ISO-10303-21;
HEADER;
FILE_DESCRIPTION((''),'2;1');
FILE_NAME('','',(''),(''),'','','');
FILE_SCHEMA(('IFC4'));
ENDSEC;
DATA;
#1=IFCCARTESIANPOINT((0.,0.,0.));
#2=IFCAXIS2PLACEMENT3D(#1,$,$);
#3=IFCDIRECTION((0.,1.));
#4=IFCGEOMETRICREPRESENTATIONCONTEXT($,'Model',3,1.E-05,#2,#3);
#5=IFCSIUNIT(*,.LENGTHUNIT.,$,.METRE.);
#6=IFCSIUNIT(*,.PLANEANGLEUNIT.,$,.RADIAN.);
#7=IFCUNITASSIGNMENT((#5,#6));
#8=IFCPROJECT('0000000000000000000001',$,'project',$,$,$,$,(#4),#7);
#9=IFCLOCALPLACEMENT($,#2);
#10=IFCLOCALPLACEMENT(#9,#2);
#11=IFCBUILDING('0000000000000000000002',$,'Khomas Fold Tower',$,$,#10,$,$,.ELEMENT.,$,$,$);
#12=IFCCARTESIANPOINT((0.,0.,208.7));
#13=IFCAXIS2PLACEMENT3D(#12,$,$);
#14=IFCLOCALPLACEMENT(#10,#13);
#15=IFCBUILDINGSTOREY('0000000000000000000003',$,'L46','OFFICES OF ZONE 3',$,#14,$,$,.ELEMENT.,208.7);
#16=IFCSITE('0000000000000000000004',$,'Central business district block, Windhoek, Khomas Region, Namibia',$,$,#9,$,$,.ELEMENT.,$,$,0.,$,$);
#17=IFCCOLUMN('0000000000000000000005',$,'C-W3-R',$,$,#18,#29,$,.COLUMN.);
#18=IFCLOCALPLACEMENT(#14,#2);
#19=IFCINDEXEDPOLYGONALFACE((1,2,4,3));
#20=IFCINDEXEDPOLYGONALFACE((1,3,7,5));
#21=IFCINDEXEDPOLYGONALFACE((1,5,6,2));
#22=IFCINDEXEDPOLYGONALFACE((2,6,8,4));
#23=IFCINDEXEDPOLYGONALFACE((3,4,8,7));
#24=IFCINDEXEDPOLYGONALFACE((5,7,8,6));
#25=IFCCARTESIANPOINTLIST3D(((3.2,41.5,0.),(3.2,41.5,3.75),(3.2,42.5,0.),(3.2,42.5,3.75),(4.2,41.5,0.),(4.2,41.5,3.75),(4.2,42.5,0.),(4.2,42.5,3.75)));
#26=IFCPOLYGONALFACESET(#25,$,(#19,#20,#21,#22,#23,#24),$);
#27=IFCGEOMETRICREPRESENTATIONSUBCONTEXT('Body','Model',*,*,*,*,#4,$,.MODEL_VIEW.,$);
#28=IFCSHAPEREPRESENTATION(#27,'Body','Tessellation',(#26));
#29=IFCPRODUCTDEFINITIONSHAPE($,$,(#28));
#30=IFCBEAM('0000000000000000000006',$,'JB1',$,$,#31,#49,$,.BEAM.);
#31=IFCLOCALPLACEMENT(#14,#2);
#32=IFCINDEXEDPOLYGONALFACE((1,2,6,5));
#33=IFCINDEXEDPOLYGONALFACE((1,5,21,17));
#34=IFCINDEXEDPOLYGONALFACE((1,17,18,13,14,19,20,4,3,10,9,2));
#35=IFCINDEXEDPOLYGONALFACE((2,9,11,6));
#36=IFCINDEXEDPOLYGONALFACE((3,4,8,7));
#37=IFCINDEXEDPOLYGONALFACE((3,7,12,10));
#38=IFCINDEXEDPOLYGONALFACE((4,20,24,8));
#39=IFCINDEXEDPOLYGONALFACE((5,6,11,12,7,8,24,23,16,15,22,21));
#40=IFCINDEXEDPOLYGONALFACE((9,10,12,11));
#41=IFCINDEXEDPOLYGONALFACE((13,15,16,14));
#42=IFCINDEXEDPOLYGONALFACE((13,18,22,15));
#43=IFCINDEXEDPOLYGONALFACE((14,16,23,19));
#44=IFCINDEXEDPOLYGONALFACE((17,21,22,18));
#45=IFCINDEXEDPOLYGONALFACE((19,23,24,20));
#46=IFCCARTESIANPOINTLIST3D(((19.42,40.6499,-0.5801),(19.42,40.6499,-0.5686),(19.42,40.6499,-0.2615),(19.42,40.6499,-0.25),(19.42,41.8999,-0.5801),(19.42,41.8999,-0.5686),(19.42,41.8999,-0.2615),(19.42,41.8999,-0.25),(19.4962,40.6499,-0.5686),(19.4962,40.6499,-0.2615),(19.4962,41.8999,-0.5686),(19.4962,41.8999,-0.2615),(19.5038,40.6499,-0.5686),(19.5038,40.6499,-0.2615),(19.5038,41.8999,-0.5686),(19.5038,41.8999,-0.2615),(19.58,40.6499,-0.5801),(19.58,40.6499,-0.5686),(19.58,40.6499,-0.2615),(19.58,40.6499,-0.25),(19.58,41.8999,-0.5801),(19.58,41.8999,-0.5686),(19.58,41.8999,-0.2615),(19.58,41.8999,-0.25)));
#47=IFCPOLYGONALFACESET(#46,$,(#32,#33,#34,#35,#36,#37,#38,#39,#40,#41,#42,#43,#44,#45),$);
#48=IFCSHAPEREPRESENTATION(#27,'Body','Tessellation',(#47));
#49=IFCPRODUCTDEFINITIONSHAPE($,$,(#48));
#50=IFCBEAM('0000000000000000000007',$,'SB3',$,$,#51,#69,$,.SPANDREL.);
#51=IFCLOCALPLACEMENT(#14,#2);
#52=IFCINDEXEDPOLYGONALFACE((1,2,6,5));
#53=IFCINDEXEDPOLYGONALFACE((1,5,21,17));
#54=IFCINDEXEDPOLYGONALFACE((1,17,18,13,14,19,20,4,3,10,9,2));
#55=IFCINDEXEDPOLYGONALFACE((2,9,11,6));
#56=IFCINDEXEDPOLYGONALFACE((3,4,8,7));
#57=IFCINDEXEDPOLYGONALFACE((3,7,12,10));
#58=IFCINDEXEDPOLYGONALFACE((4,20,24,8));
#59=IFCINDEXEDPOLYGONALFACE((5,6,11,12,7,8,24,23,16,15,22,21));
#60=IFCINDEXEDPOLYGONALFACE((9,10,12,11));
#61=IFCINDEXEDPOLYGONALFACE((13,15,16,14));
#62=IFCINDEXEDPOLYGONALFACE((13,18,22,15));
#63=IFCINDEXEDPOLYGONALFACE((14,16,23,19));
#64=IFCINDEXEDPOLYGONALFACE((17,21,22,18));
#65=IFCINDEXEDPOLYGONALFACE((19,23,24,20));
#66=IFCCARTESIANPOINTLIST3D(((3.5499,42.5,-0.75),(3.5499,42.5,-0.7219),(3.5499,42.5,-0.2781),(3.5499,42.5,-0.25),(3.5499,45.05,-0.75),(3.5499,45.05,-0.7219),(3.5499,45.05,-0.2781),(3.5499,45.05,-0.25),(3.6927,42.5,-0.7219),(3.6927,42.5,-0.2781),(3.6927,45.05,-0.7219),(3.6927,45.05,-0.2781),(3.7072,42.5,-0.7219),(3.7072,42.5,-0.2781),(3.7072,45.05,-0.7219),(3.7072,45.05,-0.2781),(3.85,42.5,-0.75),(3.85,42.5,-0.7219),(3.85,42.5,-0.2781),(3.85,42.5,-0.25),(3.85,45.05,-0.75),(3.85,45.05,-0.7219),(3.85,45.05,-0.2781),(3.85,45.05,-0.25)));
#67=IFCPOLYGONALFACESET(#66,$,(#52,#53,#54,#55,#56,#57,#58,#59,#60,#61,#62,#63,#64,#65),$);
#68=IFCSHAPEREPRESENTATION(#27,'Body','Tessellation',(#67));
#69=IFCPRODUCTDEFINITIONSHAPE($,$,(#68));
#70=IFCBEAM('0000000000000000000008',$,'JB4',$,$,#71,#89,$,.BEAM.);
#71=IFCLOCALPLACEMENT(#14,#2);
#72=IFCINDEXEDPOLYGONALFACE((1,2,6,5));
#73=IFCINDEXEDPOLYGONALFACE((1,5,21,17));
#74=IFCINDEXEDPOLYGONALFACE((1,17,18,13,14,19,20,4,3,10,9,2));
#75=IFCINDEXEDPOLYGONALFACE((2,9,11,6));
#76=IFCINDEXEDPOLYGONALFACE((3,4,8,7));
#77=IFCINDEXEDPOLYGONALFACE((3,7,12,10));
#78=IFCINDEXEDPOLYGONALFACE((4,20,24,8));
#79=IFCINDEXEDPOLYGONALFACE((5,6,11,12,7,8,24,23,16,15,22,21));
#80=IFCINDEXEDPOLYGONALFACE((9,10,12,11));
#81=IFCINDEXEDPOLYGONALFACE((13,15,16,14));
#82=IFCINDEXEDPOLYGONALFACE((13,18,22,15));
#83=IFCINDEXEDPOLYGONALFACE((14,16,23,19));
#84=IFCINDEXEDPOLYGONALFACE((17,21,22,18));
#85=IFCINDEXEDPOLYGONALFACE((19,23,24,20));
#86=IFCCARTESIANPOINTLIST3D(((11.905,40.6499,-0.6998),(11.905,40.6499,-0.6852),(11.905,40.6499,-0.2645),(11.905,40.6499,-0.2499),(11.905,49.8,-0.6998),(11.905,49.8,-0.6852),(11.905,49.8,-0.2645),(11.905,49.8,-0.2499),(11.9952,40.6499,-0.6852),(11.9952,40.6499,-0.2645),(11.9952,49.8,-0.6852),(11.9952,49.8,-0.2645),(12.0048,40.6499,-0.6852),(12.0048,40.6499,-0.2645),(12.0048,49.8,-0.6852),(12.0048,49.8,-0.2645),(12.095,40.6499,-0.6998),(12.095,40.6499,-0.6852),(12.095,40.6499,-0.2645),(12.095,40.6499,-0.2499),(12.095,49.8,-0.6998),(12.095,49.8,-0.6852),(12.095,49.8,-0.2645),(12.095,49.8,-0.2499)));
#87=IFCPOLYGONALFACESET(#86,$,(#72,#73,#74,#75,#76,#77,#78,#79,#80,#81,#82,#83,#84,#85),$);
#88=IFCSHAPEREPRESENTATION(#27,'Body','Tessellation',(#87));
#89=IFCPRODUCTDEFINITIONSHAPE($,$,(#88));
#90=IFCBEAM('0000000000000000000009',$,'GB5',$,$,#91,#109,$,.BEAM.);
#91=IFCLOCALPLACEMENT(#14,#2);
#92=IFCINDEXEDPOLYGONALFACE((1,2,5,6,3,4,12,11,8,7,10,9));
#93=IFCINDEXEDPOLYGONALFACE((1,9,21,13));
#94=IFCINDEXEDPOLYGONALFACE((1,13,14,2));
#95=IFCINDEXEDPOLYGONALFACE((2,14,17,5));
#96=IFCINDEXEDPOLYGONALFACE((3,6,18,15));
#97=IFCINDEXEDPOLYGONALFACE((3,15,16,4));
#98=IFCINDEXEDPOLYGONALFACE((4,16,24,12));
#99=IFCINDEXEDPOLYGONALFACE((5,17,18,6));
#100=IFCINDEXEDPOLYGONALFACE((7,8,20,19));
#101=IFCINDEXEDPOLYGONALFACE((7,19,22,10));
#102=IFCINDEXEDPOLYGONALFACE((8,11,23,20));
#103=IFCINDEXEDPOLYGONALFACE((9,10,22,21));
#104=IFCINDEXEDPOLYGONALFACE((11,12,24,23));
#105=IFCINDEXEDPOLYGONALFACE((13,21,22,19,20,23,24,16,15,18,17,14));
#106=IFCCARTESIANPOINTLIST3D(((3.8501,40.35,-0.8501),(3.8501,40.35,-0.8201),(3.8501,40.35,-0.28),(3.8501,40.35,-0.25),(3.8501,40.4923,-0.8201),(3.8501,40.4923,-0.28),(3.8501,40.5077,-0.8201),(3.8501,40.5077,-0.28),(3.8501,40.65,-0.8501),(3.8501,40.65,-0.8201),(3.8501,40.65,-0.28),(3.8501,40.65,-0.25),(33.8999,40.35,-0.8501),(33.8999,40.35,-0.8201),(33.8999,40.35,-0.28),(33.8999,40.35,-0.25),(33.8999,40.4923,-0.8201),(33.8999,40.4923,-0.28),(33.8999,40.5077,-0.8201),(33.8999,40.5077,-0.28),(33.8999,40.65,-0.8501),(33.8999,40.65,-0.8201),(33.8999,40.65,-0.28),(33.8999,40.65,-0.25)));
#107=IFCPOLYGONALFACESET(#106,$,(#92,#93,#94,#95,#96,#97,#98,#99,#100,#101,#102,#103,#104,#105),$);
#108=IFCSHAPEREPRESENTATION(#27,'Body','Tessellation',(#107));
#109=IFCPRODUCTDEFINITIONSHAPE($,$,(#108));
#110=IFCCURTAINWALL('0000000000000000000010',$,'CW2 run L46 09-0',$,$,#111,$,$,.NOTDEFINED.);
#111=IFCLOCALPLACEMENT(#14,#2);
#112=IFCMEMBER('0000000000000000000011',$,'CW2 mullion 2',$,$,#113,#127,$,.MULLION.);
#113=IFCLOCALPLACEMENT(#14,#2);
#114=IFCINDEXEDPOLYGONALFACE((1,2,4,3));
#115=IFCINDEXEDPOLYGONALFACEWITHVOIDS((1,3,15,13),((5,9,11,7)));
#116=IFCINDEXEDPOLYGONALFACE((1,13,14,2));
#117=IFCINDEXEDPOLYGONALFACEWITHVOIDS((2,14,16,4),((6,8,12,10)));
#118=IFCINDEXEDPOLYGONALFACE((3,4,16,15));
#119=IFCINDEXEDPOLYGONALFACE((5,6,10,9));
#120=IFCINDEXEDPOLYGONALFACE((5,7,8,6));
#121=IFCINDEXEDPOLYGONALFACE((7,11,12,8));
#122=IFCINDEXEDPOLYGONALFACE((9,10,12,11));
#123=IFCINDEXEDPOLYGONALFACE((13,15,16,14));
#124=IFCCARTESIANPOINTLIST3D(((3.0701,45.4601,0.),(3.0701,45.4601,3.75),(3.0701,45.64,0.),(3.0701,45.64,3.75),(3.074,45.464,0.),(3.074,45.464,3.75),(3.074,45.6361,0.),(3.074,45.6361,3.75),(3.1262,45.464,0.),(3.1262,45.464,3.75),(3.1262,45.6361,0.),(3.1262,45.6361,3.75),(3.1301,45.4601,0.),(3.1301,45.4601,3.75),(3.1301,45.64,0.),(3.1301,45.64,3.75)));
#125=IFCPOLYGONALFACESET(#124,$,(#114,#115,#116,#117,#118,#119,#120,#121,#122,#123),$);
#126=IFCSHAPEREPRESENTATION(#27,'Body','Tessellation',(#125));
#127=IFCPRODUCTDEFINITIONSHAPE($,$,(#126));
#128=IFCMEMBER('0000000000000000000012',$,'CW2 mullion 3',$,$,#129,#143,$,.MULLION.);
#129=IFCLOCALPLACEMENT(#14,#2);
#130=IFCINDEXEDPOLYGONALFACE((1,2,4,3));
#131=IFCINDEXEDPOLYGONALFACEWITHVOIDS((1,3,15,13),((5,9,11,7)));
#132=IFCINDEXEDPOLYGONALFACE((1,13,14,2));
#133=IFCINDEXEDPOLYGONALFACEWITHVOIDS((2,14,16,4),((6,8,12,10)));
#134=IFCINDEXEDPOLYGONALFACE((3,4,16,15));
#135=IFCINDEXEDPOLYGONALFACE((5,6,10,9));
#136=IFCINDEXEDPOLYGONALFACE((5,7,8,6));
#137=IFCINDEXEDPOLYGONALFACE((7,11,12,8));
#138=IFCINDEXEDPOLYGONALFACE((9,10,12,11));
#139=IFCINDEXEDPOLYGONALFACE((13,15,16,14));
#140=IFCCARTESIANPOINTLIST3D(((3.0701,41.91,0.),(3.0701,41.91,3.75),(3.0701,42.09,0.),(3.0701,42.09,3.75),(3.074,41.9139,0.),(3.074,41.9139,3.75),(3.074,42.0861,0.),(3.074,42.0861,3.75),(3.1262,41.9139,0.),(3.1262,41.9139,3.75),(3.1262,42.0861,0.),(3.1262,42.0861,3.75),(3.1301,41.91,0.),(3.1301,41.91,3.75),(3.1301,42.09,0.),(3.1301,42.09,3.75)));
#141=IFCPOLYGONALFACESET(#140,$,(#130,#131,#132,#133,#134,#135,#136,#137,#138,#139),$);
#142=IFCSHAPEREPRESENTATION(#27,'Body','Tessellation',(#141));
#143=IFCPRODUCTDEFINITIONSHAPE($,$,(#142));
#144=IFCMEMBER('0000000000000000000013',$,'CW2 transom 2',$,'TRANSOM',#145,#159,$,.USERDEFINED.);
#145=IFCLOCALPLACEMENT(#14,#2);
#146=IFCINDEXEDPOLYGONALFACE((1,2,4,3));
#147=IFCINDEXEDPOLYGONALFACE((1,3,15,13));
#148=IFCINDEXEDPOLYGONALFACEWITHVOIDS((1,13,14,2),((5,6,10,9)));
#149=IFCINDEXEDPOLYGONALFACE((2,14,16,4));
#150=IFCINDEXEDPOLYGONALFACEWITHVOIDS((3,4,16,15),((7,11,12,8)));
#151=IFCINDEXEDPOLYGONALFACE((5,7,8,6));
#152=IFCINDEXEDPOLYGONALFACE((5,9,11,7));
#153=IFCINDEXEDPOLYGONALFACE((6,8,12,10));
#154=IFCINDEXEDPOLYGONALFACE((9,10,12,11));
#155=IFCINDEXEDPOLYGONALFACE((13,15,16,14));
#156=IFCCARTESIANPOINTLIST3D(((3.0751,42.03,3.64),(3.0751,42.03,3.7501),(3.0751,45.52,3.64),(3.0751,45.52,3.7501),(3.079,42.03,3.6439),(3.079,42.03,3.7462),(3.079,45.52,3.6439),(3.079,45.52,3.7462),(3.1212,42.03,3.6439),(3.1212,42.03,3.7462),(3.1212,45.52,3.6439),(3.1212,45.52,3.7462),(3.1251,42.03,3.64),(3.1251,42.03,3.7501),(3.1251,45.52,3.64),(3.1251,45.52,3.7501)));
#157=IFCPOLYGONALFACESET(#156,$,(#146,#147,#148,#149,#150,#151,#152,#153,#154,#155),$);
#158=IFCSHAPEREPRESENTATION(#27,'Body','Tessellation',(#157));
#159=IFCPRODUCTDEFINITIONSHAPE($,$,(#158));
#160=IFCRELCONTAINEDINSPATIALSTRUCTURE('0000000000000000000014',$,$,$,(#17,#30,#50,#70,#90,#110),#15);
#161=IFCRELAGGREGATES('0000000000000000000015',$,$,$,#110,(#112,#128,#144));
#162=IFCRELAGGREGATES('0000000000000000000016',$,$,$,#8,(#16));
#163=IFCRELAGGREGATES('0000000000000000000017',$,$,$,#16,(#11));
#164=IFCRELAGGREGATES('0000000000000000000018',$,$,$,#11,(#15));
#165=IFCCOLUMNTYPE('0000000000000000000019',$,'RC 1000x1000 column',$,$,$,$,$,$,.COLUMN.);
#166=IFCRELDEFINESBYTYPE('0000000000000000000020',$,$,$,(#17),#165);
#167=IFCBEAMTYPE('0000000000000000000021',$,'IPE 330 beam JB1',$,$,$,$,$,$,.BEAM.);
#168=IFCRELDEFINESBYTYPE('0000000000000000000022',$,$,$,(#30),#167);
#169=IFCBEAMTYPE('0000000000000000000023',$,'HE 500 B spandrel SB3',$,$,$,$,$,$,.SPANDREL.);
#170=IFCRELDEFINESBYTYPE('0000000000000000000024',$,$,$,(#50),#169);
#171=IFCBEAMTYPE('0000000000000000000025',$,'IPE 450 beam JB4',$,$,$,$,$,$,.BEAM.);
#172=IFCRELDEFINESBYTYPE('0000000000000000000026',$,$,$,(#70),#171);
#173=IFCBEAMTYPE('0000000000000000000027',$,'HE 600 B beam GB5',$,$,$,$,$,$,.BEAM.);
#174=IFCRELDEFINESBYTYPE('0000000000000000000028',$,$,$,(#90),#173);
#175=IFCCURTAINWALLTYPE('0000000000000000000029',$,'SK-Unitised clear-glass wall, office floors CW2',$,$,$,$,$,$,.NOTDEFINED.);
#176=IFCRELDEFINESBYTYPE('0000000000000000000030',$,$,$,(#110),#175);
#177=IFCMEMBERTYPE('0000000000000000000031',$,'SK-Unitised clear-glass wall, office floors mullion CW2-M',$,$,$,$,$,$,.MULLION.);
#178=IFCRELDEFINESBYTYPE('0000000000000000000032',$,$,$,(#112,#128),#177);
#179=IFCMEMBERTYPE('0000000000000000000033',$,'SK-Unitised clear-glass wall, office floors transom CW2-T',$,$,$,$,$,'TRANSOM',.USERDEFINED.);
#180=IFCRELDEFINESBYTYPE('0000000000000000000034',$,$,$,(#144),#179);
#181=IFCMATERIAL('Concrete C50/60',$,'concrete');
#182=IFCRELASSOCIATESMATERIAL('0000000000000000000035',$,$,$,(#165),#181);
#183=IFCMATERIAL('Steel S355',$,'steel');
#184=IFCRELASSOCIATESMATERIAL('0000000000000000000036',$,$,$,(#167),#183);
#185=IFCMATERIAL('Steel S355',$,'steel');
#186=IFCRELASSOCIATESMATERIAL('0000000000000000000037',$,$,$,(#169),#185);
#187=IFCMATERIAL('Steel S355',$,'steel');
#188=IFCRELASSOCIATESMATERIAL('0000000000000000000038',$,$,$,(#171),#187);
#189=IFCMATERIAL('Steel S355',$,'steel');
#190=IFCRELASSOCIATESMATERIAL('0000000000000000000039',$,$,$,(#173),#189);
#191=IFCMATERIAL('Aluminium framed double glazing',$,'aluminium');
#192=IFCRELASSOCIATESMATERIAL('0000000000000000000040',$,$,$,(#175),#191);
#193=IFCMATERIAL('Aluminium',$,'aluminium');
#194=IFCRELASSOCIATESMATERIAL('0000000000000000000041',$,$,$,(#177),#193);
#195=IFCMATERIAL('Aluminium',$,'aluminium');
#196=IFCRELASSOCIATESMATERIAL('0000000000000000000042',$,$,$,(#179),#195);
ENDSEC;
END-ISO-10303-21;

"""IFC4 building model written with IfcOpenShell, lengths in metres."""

from ifc_helpers import new_model, si_unit, direction, frame, origin, origin_2d, place, context, subcontext, project, spatial, rectangle, hollow_rectangle, i_section, extrude, source, transform, mapped, material, material_profile, profile_set, type_object, element, aggregate, save


model = new_model("IFC4")

# Units and contexts
model_context = context("Model", 3, precision=1e-05, world=origin(), true_north=direction((0.0, 1.0)))
body_context = subcontext(model_context, "Body", "Model", "MODEL_VIEW")
ifc_project = project(units=[si_unit("LENGTHUNIT", "METRE"), si_unit("PLANEANGLEUNIT", "RADIAN")], contexts=[model_context])

# Site, building, storey
site_placement = place(None, origin())
site = spatial("IfcSite", under=ifc_project, at=site_placement, Name="Central business district block, Windhoek, Khomas Region, Namibia", CompositionType="ELEMENT", RefElevation=0.0)
building_placement = place(site_placement, origin())
building = spatial("IfcBuilding", under=site, at=building_placement, Name="Khomas Fold Tower", CompositionType="ELEMENT")
storey_placement = place(building_placement, frame((0.0, 0.0, 208.7)))
storey = spatial("IfcBuildingStorey", under=building, at=storey_placement, Name="L46", Description="OFFICES OF ZONE 3", CompositionType="ELEMENT", Elevation=208.7)

# Column
ifc_material_1 = material(Name="Concrete C50/60", Category="concrete")
ifc_material_profile_1 = material_profile(ifc_material_1, rectangle(XDim=1.0, YDim=1.0, at=origin_2d()), Name="RC 1000x1000")
ifc_profile_set_1 = profile_set([ifc_material_profile_1], Name="Concrete C50/60")
column_type = type_object("IfcColumnType", Name="RC 1000x1000 column", PredefinedType="COLUMN", material=ifc_profile_set_1)
shared_shape_1 = source(origin(), body_context, "Body", "SweptSolid", [
    extrude(rectangle(XDim=1.0, YDim=1.0, at=origin_2d()), origin(), (0.0, 0.0, 1.0), 3.75),
])
column_placement = place(storey_placement, frame((3.7, 42.0, 0.0), z_axis=(0.0, 0.0, 1.0), x_axis=(1.0, 0.0, 0.0)))
element("IfcColumn", 1, at=column_placement, inside=storey, type_object=column_type, Name="C-W3-R", PredefinedType="COLUMN", context=body_context, shape_type="MappedRepresentation", body=[
    mapped(shared_shape_1, transform((0.0, 0.0, 0.0))),
])

# Beams
ifc_material_2 = material(Name="Steel S355", Category="steel")
ifc_material_profile_2 = material_profile(ifc_material_2, i_section(OverallWidth=0.1599, OverallDepth=0.3301, WebThickness=0.0076, FlangeThickness=0.0115, at=origin_2d()), Name="IPE 330")
ifc_profile_set_2 = profile_set([ifc_material_profile_2], Name="Steel S355")
beam_type_1 = type_object("IfcBeamType", Name="IPE 330 beam JB1", PredefinedType="BEAM", material=ifc_profile_set_2)
shared_shape_2 = source(origin(), body_context, "Body", "SweptSolid", [
    extrude(i_section(OverallWidth=0.1599, OverallDepth=0.3301, WebThickness=0.0076, FlangeThickness=0.0115, at=origin_2d()), origin(), (0.0, 0.0, 1.0), 1.25),
])
beam_1_placement = place(storey_placement, frame((19.5, 40.6499, -0.415), z_axis=(0.0, 1.0, 0.0), x_axis=(-1.0, 0.0, 0.0)))
element("IfcBeam", 2, at=beam_1_placement, inside=storey, type_object=beam_type_1, Name="JB1", PredefinedType="BEAM", context=body_context, shape_type="MappedRepresentation", body=[
    mapped(shared_shape_2, transform((0.0, 0.0, 0.0))),
])
ifc_material_3 = material(Name="Steel S355", Category="steel")
ifc_material_profile_3 = material_profile(ifc_material_3, i_section(OverallWidth=0.3, OverallDepth=0.5, WebThickness=0.0144, FlangeThickness=0.0281, at=origin_2d()), Name="HE 500 B")
ifc_profile_set_3 = profile_set([ifc_material_profile_3], Name="Steel S355")
beam_type_2 = type_object("IfcBeamType", Name="HE 500 B spandrel SB3", PredefinedType="SPANDREL", material=ifc_profile_set_3)
shared_shape_3 = source(origin(), body_context, "Body", "SweptSolid", [
    extrude(i_section(OverallWidth=0.3, OverallDepth=0.5, WebThickness=0.0144, FlangeThickness=0.0281, at=origin_2d()), origin(), (0.0, 0.0, 1.0), 2.55),
])
beam_2_placement = place(storey_placement, frame((3.7, 42.5, -0.5), z_axis=(0.0, 1.0, 0.0), x_axis=(-1.0, 0.0, 0.0)))
element("IfcBeam", 3, at=beam_2_placement, inside=storey, type_object=beam_type_2, Name="SB3", PredefinedType="SPANDREL", context=body_context, shape_type="MappedRepresentation", body=[
    mapped(shared_shape_3, transform((0.0, 0.0, 0.0))),
])
ifc_material_4 = material(Name="Steel S355", Category="steel")
ifc_material_profile_4 = material_profile(ifc_material_4, i_section(OverallWidth=0.1899, OverallDepth=0.45, WebThickness=0.0095, FlangeThickness=0.0146, at=origin_2d()), Name="IPE 450")
ifc_profile_set_4 = profile_set([ifc_material_profile_4], Name="Steel S355")
beam_type_3 = type_object("IfcBeamType", Name="IPE 450 beam JB4", PredefinedType="BEAM", material=ifc_profile_set_4)
shared_shape_4 = source(origin(), body_context, "Body", "SweptSolid", [
    extrude(i_section(OverallWidth=0.1899, OverallDepth=0.45, WebThickness=0.0095, FlangeThickness=0.0146, at=origin_2d()), origin(), (0.0, 0.0, 1.0), 9.1501),
])
beam_3_placement = place(storey_placement, frame((12.0, 40.6499, -0.4749), z_axis=(0.0, 1.0, 0.0), x_axis=(-1.0, 0.0, 0.0)))
element("IfcBeam", 4, at=beam_3_placement, inside=storey, type_object=beam_type_3, Name="JB4", PredefinedType="BEAM", context=body_context, shape_type="MappedRepresentation", body=[
    mapped(shared_shape_4, transform((0.0, 0.0, 0.0))),
])
ifc_material_5 = material(Name="Steel S355", Category="steel")
ifc_material_profile_5 = material_profile(ifc_material_5, i_section(OverallWidth=0.3, OverallDepth=0.6001, WebThickness=0.0154, FlangeThickness=0.03, at=origin_2d()), Name="HE 600 B")
ifc_profile_set_5 = profile_set([ifc_material_profile_5], Name="Steel S355")
beam_type_4 = type_object("IfcBeamType", Name="HE 600 B beam GB5", PredefinedType="BEAM", material=ifc_profile_set_5)
shared_shape_5 = source(origin(), body_context, "Body", "SweptSolid", [
    extrude(i_section(OverallWidth=0.3, OverallDepth=0.6001, WebThickness=0.0154, FlangeThickness=0.03, at=origin_2d()), origin(), (0.0, 0.0, 1.0), 30.0498),
])
beam_4_placement = place(storey_placement, frame((3.8501, 40.5, -0.55), z_axis=(1.0, 0.0, 0.0), x_axis=(0.0, 1.0, 0.0)))
element("IfcBeam", 5, at=beam_4_placement, inside=storey, type_object=beam_type_4, Name="GB5", PredefinedType="BEAM", context=body_context, shape_type="MappedRepresentation", body=[
    mapped(shared_shape_5, transform((0.0, 0.0, 0.0))),
])

# Curtain wall, members
ifc_material_6 = material(Name="Aluminium framed double glazing", Category="aluminium")
curtain_wall_type = type_object("IfcCurtainWallType", Name="SK-Unitised clear-glass wall, office floors CW2", PredefinedType="NOTDEFINED", material=ifc_material_6)
curtain_wall_placement = place(storey_placement, origin())
curtain_wall = element("IfcCurtainWall", 6, at=curtain_wall_placement, inside=storey, type_object=curtain_wall_type, Name="CW2 run L46 09-0", PredefinedType="NOTDEFINED")
ifc_material_7 = material(Name="Aluminium", Category="aluminium")
ifc_material_profile_6 = material_profile(ifc_material_7, hollow_rectangle(XDim=0.0601, YDim=0.1799, WallThickness=0.0039, at=origin_2d()), Name="SK-Unitised clear-glass wall, office floors mullion CW2-M")
ifc_profile_set_6 = profile_set([ifc_material_profile_6], Name="Aluminium")
member_type_1 = type_object("IfcMemberType", Name="SK-Unitised clear-glass wall, office floors mullion CW2-M", PredefinedType="MULLION", material=ifc_profile_set_6)
shared_shape_6 = source(origin(), body_context, "Body", "SweptSolid", [
    extrude(hollow_rectangle(XDim=0.0601, YDim=0.1799, WallThickness=0.0039, at=origin_2d()), origin(), (0.0, 0.0, 1.0), 3.75),
])
member_1_placement = place(storey_placement, frame((3.1001, 45.55, 0.0), z_axis=(0.0, 0.0, 1.0), x_axis=(1.0, 0.0, 0.0)))
member_1 = element("IfcMember", 7, at=member_1_placement, type_object=member_type_1, Name="CW2 mullion 2", PredefinedType="MULLION", context=body_context, shape_type="MappedRepresentation", body=[
    mapped(shared_shape_6, transform((0.0, 0.0, 0.0))),
])
member_2_placement = place(storey_placement, frame((3.1001, 42.0, 0.0), z_axis=(0.0, 0.0, 1.0), x_axis=(1.0, 0.0, 0.0)))
member_2 = element("IfcMember", 8, at=member_2_placement, type_object=member_type_1, Name="CW2 mullion 3", PredefinedType="MULLION", context=body_context, shape_type="MappedRepresentation", body=[
    mapped(shared_shape_6, transform((0.0, 0.0, 0.0))),
])
ifc_material_8 = material(Name="Aluminium", Category="aluminium")
ifc_material_profile_7 = material_profile(ifc_material_8, hollow_rectangle(XDim=0.05, YDim=0.1101, WallThickness=0.0039, at=origin_2d()), Name="SK-Unitised clear-glass wall, office floors transom CW2-T")
ifc_profile_set_7 = profile_set([ifc_material_profile_7], Name="Aluminium")
member_type_2 = type_object("IfcMemberType", Name="SK-Unitised clear-glass wall, office floors transom CW2-T", ElementType="TRANSOM", PredefinedType="USERDEFINED", material=ifc_profile_set_7)
shared_shape_7 = source(origin(), body_context, "Body", "SweptSolid", [
    extrude(hollow_rectangle(XDim=0.05, YDim=0.1101, WallThickness=0.0039, at=origin_2d()), origin(), (0.0, 0.0, 1.0), 3.49),
])
member_3_placement = place(storey_placement, frame((3.1001, 45.52, 3.6951), z_axis=(0.0, -1.0, 0.0), x_axis=(1.0, 0.0, 0.0)))
member_3 = element("IfcMember", 9, at=member_3_placement, type_object=member_type_2, Name="CW2 transom 2", ObjectType="TRANSOM", PredefinedType="USERDEFINED", context=body_context, shape_type="MappedRepresentation", body=[
    mapped(shared_shape_7, transform((0.0, 0.0, 0.0))),
])
aggregate(curtain_wall, [member_1, member_2, member_3])

save(model, "model.ifc")
